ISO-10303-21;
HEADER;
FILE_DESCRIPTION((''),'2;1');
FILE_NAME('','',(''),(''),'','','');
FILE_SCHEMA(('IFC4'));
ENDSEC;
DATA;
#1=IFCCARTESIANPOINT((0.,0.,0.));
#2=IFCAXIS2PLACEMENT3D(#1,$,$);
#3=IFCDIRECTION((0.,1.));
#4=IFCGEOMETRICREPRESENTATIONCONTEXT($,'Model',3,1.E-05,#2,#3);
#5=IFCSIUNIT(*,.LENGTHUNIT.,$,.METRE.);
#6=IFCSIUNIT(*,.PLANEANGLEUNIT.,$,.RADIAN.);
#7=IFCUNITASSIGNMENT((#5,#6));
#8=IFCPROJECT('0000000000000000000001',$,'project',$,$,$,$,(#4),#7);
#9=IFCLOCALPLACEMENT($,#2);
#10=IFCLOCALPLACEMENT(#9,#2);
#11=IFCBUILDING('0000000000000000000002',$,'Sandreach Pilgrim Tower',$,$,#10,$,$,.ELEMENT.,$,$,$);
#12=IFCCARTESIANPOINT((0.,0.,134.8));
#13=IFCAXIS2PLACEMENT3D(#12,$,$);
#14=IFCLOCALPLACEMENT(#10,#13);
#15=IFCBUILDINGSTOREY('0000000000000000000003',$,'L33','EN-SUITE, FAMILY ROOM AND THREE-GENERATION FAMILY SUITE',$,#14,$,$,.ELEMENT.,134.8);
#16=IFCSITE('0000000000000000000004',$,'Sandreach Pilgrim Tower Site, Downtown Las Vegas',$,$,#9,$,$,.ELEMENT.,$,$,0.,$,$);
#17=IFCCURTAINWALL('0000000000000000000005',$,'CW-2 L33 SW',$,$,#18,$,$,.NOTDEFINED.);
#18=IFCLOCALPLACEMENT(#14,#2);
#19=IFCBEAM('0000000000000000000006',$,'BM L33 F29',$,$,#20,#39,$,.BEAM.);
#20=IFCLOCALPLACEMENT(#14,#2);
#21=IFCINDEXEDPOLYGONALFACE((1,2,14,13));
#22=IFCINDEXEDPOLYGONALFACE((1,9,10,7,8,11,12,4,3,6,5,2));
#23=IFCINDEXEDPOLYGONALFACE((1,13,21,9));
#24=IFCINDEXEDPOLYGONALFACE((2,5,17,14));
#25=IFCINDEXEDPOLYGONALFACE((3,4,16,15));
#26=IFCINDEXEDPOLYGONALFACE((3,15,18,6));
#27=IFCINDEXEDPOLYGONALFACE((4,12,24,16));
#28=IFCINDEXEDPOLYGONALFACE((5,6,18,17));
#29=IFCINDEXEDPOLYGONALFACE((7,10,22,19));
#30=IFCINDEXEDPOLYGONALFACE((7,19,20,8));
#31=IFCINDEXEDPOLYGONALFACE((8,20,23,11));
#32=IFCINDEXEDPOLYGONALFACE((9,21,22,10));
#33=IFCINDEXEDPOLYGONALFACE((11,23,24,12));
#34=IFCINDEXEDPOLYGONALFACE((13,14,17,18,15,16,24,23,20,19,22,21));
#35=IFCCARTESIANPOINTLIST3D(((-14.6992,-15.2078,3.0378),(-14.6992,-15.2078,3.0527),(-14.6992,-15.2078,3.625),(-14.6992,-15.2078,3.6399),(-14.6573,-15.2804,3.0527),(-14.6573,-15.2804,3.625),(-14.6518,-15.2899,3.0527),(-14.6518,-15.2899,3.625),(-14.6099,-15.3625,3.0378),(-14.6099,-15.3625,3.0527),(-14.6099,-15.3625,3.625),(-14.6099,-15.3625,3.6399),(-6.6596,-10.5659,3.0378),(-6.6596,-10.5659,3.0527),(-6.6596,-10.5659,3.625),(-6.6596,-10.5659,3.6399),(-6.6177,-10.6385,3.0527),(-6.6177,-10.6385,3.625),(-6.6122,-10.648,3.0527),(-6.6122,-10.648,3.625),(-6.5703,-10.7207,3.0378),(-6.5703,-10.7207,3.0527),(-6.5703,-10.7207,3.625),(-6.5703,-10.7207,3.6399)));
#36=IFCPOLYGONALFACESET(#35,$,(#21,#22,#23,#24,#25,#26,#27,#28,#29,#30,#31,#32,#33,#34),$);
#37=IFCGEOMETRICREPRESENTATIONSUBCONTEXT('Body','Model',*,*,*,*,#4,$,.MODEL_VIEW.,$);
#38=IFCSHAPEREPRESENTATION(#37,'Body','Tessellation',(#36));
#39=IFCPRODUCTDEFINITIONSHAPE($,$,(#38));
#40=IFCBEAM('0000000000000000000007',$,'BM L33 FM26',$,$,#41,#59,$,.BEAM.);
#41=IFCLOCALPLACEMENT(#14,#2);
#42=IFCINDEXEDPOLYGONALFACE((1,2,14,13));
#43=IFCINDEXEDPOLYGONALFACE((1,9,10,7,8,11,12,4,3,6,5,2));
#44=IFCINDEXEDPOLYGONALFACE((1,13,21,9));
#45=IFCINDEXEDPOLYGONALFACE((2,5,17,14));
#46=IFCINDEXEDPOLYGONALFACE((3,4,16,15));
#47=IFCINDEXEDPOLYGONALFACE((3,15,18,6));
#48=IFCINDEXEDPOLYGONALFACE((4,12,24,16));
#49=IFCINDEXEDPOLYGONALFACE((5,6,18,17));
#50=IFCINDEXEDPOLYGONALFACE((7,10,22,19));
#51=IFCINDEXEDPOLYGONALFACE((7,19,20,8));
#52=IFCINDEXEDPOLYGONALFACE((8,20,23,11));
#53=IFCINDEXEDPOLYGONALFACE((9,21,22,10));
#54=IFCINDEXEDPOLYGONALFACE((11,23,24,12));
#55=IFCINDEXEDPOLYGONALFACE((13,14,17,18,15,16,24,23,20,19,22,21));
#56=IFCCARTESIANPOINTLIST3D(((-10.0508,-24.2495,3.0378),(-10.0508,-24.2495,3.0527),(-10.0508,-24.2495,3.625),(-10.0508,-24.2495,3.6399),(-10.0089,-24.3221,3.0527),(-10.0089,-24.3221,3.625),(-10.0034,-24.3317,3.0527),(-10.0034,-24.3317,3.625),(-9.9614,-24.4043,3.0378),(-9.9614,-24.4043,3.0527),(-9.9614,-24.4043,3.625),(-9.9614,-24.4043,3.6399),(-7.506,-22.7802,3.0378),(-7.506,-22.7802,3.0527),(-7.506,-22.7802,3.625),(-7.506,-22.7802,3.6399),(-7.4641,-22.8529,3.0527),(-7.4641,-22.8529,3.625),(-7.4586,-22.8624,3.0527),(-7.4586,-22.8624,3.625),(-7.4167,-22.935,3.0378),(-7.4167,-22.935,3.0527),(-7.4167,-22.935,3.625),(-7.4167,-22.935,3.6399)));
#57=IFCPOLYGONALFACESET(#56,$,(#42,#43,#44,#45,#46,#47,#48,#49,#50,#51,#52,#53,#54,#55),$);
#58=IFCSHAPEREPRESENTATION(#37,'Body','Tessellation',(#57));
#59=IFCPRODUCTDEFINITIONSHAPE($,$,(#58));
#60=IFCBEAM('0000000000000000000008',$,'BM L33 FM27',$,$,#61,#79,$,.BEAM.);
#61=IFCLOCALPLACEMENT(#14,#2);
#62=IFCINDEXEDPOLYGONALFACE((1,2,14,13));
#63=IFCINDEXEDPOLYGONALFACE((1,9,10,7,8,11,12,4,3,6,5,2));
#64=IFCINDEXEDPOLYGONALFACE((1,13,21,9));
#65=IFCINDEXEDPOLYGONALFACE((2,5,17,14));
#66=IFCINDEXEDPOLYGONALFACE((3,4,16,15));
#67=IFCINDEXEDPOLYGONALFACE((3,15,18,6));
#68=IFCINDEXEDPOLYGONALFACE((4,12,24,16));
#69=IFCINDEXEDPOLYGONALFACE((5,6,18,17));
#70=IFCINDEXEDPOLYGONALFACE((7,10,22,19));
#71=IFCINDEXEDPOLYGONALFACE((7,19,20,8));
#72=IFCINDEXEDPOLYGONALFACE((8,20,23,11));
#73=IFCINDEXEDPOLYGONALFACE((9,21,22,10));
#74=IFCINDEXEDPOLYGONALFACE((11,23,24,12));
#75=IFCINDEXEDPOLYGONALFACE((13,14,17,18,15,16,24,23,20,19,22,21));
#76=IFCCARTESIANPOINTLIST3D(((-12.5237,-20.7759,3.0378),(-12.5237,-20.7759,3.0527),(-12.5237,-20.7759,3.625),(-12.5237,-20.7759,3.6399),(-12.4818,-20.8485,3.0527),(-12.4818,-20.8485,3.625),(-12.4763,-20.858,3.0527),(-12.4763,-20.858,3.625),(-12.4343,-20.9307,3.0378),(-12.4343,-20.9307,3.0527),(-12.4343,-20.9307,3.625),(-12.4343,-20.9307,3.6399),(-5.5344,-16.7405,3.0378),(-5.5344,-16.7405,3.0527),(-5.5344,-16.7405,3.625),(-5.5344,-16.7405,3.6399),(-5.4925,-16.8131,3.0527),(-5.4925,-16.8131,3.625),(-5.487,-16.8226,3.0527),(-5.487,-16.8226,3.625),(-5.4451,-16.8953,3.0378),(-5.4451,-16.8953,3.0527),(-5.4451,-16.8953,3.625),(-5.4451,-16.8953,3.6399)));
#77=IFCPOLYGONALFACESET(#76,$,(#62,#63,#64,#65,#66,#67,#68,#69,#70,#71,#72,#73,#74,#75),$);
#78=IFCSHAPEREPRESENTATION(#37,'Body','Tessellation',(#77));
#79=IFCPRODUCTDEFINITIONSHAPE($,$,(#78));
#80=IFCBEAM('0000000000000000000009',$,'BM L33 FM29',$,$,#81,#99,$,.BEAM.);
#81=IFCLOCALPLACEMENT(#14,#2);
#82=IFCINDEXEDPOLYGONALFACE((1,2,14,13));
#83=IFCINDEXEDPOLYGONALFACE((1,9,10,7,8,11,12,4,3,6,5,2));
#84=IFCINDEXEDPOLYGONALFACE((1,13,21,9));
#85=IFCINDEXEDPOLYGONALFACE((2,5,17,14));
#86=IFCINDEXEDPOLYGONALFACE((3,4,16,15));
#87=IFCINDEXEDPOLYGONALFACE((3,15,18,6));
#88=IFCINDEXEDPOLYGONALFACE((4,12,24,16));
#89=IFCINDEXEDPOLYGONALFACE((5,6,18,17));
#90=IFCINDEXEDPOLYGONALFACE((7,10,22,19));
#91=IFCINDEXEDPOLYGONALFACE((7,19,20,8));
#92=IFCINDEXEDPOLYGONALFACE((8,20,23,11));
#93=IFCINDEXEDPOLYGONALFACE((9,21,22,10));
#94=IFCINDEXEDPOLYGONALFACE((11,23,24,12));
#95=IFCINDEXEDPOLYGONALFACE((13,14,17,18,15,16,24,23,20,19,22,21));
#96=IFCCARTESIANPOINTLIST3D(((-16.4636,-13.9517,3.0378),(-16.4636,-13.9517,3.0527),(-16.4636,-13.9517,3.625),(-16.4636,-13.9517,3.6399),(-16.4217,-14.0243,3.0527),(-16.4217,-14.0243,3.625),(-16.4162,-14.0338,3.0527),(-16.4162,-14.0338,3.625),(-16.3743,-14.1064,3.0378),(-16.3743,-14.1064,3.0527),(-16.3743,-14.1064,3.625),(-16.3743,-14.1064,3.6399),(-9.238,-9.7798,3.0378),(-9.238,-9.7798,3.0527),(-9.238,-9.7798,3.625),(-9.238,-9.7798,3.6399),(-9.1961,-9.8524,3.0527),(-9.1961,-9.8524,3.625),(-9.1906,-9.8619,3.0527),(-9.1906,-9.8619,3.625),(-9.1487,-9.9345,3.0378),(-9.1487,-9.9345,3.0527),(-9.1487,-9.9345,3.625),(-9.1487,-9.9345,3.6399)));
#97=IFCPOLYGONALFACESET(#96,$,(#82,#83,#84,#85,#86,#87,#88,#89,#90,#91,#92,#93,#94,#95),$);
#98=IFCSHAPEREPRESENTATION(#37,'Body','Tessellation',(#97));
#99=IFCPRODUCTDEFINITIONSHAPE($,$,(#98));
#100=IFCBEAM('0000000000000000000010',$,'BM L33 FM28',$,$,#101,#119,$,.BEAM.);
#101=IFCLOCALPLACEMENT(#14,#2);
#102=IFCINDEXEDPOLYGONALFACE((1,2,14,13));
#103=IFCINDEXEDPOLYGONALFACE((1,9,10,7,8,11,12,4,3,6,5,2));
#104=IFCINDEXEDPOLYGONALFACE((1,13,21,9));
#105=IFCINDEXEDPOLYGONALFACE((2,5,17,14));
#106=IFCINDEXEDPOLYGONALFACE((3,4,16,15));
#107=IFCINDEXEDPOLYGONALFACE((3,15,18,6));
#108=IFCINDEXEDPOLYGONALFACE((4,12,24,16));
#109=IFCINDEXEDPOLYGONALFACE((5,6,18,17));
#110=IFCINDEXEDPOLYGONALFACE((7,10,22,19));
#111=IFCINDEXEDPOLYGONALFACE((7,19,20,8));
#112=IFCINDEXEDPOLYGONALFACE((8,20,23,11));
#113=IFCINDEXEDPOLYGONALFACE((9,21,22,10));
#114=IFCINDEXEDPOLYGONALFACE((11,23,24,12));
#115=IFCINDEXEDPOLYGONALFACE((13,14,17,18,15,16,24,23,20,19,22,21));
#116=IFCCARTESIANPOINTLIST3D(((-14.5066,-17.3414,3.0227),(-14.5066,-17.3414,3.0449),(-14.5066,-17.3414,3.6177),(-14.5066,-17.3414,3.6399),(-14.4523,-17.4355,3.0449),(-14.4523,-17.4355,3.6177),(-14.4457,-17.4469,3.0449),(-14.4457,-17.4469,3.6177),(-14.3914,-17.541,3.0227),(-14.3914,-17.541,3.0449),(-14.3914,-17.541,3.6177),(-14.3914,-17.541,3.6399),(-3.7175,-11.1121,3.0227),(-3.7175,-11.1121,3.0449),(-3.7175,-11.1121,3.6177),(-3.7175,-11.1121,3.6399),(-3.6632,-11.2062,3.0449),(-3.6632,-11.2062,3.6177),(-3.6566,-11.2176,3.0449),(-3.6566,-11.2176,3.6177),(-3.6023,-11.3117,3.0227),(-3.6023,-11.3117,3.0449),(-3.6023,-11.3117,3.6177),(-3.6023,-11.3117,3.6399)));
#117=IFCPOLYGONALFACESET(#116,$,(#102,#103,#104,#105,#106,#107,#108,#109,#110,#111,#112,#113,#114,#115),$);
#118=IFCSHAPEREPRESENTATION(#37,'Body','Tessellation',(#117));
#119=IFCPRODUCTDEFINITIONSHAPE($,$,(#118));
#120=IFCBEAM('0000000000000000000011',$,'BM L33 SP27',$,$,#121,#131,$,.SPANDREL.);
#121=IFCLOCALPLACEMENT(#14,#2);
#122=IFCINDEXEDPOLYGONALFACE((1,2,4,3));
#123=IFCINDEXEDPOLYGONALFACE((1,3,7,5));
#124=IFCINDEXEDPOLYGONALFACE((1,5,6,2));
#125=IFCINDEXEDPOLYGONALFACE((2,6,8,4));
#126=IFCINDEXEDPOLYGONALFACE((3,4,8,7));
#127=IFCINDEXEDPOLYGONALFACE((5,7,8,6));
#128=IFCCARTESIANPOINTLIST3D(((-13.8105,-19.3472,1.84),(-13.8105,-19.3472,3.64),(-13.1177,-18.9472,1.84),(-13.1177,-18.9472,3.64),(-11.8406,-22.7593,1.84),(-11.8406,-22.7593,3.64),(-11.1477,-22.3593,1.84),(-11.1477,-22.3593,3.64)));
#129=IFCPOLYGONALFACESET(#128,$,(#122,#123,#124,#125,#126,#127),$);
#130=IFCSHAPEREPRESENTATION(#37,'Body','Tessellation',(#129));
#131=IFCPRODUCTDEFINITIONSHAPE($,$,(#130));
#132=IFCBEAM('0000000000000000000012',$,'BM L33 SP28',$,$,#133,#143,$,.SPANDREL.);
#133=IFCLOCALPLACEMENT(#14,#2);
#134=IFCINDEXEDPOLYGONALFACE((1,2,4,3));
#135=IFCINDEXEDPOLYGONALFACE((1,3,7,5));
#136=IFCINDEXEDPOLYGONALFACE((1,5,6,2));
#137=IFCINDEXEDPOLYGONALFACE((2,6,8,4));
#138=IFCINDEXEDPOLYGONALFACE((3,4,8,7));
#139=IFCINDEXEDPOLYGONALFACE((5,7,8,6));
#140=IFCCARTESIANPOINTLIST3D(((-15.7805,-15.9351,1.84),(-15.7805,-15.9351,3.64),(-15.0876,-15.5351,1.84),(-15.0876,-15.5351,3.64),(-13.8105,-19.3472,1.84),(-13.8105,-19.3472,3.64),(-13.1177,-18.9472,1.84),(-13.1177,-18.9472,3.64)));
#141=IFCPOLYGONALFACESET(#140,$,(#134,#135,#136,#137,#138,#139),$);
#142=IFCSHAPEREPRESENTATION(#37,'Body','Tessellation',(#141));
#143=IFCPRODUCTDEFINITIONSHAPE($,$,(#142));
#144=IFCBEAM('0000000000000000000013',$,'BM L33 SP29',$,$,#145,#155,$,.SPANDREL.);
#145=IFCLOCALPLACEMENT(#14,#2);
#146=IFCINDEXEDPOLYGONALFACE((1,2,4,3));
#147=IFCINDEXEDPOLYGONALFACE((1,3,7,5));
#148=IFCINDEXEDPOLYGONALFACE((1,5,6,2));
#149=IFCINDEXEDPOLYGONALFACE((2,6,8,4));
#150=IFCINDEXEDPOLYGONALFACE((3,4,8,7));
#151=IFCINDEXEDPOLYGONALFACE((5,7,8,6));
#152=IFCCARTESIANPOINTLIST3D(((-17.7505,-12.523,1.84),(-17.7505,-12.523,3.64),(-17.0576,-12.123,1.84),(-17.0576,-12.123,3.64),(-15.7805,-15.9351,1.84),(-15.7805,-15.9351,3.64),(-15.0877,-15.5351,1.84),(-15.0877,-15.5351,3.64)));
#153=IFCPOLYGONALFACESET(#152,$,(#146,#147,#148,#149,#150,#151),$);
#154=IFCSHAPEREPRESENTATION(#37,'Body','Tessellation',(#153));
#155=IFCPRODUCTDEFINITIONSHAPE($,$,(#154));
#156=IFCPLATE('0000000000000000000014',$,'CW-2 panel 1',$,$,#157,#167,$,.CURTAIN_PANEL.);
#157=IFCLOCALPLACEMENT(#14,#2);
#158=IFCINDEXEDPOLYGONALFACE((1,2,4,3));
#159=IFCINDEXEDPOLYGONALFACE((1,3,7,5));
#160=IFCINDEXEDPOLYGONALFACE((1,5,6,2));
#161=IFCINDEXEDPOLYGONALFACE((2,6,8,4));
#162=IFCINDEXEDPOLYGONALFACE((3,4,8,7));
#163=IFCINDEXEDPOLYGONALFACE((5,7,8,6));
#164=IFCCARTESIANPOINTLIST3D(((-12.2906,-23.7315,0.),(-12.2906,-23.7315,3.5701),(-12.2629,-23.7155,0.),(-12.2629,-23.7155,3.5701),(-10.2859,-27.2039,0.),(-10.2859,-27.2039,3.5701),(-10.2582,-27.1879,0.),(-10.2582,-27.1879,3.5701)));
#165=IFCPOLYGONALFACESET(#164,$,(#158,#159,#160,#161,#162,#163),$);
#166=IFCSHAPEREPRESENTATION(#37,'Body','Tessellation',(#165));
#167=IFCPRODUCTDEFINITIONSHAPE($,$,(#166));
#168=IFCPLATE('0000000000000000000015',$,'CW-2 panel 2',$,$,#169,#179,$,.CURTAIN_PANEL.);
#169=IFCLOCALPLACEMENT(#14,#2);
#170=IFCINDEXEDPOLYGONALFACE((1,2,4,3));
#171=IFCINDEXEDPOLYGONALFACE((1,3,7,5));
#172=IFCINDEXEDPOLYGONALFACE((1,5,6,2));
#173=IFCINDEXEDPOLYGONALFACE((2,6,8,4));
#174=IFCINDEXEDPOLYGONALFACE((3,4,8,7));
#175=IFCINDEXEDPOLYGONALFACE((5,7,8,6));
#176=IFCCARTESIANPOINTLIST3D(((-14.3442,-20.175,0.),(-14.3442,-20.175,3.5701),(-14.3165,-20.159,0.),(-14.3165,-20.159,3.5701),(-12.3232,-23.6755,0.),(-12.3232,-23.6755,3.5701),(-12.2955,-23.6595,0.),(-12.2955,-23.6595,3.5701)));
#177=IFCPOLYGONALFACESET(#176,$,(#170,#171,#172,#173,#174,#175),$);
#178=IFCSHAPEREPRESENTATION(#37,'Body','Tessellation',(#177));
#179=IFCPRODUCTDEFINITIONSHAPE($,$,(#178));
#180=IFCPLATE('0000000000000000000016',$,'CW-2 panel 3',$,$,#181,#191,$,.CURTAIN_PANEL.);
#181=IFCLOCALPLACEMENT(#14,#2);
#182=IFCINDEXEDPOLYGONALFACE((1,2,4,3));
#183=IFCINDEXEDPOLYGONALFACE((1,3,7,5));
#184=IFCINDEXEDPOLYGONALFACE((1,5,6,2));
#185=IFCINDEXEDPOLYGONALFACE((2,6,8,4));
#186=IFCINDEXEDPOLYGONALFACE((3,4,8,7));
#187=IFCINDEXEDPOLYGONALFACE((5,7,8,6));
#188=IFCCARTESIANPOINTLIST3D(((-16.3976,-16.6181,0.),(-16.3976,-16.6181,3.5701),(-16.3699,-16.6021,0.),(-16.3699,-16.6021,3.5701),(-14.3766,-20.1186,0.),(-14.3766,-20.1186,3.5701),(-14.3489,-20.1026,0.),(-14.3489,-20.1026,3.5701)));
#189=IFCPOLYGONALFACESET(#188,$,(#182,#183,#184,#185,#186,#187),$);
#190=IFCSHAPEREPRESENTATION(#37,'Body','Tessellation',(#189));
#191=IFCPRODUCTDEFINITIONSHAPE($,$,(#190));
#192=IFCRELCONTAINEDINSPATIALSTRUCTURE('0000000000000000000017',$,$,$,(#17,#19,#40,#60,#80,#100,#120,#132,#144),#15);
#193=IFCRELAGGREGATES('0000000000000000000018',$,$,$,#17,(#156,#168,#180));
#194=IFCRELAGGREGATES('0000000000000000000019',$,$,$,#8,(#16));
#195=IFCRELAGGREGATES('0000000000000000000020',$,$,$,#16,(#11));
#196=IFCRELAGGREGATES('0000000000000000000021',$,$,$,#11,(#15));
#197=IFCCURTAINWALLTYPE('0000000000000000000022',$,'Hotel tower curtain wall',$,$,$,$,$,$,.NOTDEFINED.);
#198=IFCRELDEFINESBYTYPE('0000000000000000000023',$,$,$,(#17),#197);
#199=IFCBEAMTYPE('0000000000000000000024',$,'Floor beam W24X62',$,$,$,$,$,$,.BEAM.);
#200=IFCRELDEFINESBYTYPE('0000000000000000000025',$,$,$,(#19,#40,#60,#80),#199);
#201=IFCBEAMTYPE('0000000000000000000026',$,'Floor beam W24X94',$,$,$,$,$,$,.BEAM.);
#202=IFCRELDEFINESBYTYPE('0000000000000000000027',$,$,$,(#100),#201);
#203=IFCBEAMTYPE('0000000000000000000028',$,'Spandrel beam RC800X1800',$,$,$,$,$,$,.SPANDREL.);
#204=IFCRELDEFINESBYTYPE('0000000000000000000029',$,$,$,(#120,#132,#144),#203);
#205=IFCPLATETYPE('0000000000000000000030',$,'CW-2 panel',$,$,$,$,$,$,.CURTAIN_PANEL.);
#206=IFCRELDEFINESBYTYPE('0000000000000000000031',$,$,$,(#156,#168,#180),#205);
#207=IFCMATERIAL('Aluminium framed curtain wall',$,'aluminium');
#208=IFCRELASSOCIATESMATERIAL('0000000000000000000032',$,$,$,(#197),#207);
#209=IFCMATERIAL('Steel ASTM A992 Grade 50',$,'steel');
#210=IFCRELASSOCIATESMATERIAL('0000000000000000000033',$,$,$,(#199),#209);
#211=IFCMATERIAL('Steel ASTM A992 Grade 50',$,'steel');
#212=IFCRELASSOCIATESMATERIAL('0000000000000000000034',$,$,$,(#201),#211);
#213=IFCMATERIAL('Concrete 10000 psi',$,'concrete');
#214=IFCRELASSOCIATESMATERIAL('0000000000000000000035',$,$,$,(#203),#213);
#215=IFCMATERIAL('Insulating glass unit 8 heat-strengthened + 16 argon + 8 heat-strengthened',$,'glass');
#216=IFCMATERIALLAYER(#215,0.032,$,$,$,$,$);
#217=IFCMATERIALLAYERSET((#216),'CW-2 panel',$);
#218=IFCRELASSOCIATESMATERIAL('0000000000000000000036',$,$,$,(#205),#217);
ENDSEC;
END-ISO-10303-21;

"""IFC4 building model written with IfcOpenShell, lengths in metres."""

from ifc_helpers import new_model, si_unit, direction, frame, origin, origin_2d, place, context, subcontext, project, spatial, rectangle, i_section, extrude, material, layer, layer_set, material_profile, profile_set, type_object, element, aggregate, save


model = new_model("IFC4")

# Units and contexts
model_context = context("Model", 3, precision=1e-05, world=origin(), true_north=direction((0.0, 1.0)))
body_context = subcontext(model_context, "Body", "Model", "MODEL_VIEW")
ifc_project = project(units=[si_unit("LENGTHUNIT", "METRE"), si_unit("PLANEANGLEUNIT", "RADIAN")], contexts=[model_context])

# Site, building, storey
site_placement = place(None, origin())
site = spatial("IfcSite", under=ifc_project, at=site_placement, Name="Sandreach Pilgrim Tower Site, Downtown Las Vegas", CompositionType="ELEMENT", RefElevation=0.0)
building_placement = place(site_placement, origin())
building = spatial("IfcBuilding", under=site, at=building_placement, Name="Sandreach Pilgrim Tower", CompositionType="ELEMENT")
storey_placement = place(building_placement, frame((0.0, 0.0, 134.8)))
storey = spatial("IfcBuildingStorey", under=building, at=storey_placement, Name="L33", Description="EN-SUITE, FAMILY ROOM AND THREE-GENERATION FAMILY SUITE", CompositionType="ELEMENT", Elevation=134.8)

# Curtain wall
ifc_material_1 = material(Name="Aluminium framed curtain wall", Category="aluminium")
curtain_wall_type = type_object("IfcCurtainWallType", Name="Hotel tower curtain wall", PredefinedType="NOTDEFINED", material=ifc_material_1)
curtain_wall_placement = place(storey_placement, origin())
curtain_wall = element("IfcCurtainWall", 1, at=curtain_wall_placement, inside=storey, type_object=curtain_wall_type, Name="CW-2 L33 SW", PredefinedType="NOTDEFINED")

# Beams
ifc_material_2 = material(Name="Steel ASTM A992 Grade 50", Category="steel")
ifc_material_profile_1 = material_profile(ifc_material_2, i_section(OverallWidth=0.1787, OverallDepth=0.6021, WebThickness=0.011, FlangeThickness=0.0149, at=origin_2d()), Name="W24X62")
ifc_profile_set_1 = profile_set([ifc_material_profile_1], Name="Steel ASTM A992 Grade 50")
beam_type_1 = type_object("IfcBeamType", Name="Floor beam W24X62", PredefinedType="BEAM", material=ifc_profile_set_1)
beam_1_placement = place(storey_placement, frame((-14.6545, -15.2852, 3.3389), z_axis=(0.866016, 0.500017, 0.0), x_axis=(-0.500017, 0.866016, 0.0)))
element("IfcBeam", 2, at=beam_1_placement, inside=storey, type_object=beam_type_1, Name="BM L33 F29", PredefinedType="BEAM", context=body_context, shape_type="SweptSolid", body=[
    extrude(i_section(OverallWidth=0.1787, OverallDepth=0.6021, WebThickness=0.011, FlangeThickness=0.0149, at=origin_2d()), origin(), (0.0, 0.0, 1.0), 9.2834),
])
beam_2_placement = place(storey_placement, frame((-10.0061, -24.3269, 3.3389), z_axis=(0.866015, 0.500017, 0.0), x_axis=(-0.500017, 0.866015, 0.0)))
element("IfcBeam", 3, at=beam_2_placement, inside=storey, type_object=beam_type_1, Name="BM L33 FM26", PredefinedType="BEAM", context=body_context, shape_type="SweptSolid", body=[
    extrude(i_section(OverallWidth=0.1787, OverallDepth=0.6021, WebThickness=0.011, FlangeThickness=0.0149, at=origin_2d()), origin(), (0.0, 0.0, 1.0), 2.9385),
])
beam_3_placement = place(storey_placement, frame((-12.479, -20.8533, 3.3389), z_axis=(0.866017, 0.500014, 0.0), x_axis=(-0.500014, 0.866017, 0.0)))
element("IfcBeam", 4, at=beam_3_placement, inside=storey, type_object=beam_type_1, Name="BM L33 FM27", PredefinedType="BEAM", context=body_context, shape_type="SweptSolid", body=[
    extrude(i_section(OverallWidth=0.1787, OverallDepth=0.6021, WebThickness=0.011, FlangeThickness=0.0149, at=origin_2d()), origin(), (0.0, 0.0, 1.0), 8.0706),
])
beam_4_placement = place(storey_placement, frame((-16.4189, -14.0291, 3.3389), z_axis=(0.866016, 0.500016, 0.0), x_axis=(-0.500016, 0.866016, 0.0)))
element("IfcBeam", 5, at=beam_4_placement, inside=storey, type_object=beam_type_1, Name="BM L33 FM29", PredefinedType="BEAM", context=body_context, shape_type="SweptSolid", body=[
    extrude(i_section(OverallWidth=0.1787, OverallDepth=0.6021, WebThickness=0.011, FlangeThickness=0.0149, at=origin_2d()), origin(), (0.0, 0.0, 1.0), 8.3435),
])
ifc_material_3 = material(Name="Steel ASTM A992 Grade 50", Category="steel")
ifc_material_profile_2 = material_profile(ifc_material_3, i_section(OverallWidth=0.2305, OverallDepth=0.6172, WebThickness=0.0132, FlangeThickness=0.0222, at=origin_2d()), Name="W24X94")
ifc_profile_set_2 = profile_set([ifc_material_profile_2], Name="Steel ASTM A992 Grade 50")
beam_type_2 = type_object("IfcBeamType", Name="Floor beam W24X94", PredefinedType="BEAM", material=ifc_profile_set_2)
beam_5_placement = place(storey_placement, frame((-14.449, -17.4412, 3.3313), z_axis=(0.866019, 0.500011, 0.0), x_axis=(-0.500011, 0.866019, 0.0)))
element("IfcBeam", 6, at=beam_5_placement, inside=storey, type_object=beam_type_2, Name="BM L33 FM28", PredefinedType="BEAM", context=body_context, shape_type="SweptSolid", body=[
    extrude(i_section(OverallWidth=0.2305, OverallDepth=0.6172, WebThickness=0.0132, FlangeThickness=0.0222, at=origin_2d()), origin(), (0.0, 0.0, 1.0), 12.4583),
])
ifc_material_4 = material(Name="Concrete 10000 psi", Category="concrete")
ifc_material_profile_3 = material_profile(ifc_material_4, rectangle(XDim=0.8, YDim=1.8, at=origin_2d()), Name="RC800X1800")
ifc_profile_set_3 = profile_set([ifc_material_profile_3], Name="Concrete 10000 psi")
beam_type_3 = type_object("IfcBeamType", Name="Spandrel beam RC800X1800", PredefinedType="SPANDREL", material=ifc_profile_set_3)
for number, where, z_axis, x_axis, name in (
    (7, (-11.4941, -22.5593, 2.74), (-0.499998, 0.866027, 0.0), (-0.866027, -0.499998, 0.0), "BM L33 SP27"),
    (8, (-13.4641, -19.1472, 2.74), (-0.499998, 0.866027, 0.0), (-0.866027, -0.499998, 0.0), "BM L33 SP28"),
    (9, (-15.4341, -15.7351, 2.74), (-0.499998, 0.866027, 0.0), (-0.866027, -0.499998, 0.0), "BM L33 SP29"),
):
    element("IfcBeam", number, at=place(storey_placement, frame(where, z_axis=z_axis, x_axis=x_axis)), inside=storey, type_object=beam_type_3, Name=name, PredefinedType="SPANDREL", context=body_context, shape_type="SweptSolid", body=[
        extrude(rectangle(XDim=0.8, YDim=1.8, at=origin_2d()), origin(), (0.0, 0.0, 1.0), 3.9399),
    ])

# Plates
ifc_material_5 = material(Name="Insulating glass unit 8 heat-strengthened + 16 argon + 8 heat-strengthened", Category="glass")
ifc_layer_1 = layer(ifc_material_5, 0.032)
ifc_layer_set_1 = layer_set([ifc_layer_1], Name="CW-2 panel")
plate_type = type_object("IfcPlateType", Name="CW-2 panel", PredefinedType="CURTAIN_PANEL", material=ifc_layer_set_1)
plate_1_placement = place(storey_placement, frame((-11.2744, -25.4597, 0.0), z_axis=(0.0, 0.0, 1.0), x_axis=(-0.5, 0.866025, 0.0)))
plate_1 = element("IfcPlate", 10, at=plate_1_placement, type_object=plate_type, Name="CW-2 panel 1", PredefinedType="CURTAIN_PANEL", context=body_context, shape_type="SweptSolid", body=[
    extrude(rectangle(XDim=4.0095, YDim=0.032, at=origin_2d()), origin(), (0.0, 0.0, 1.0), 3.5701),
])
plate_2_placement = place(storey_placement, frame((-13.3198, -21.9172, 0.0), z_axis=(0.0, 0.0, 1.0), x_axis=(-0.5, 0.866025, 0.0)))
plate_2 = element("IfcPlate", 11, at=plate_2_placement, type_object=plate_type, Name="CW-2 panel 2", PredefinedType="CURTAIN_PANEL", context=body_context, shape_type="SweptSolid", body=[
    extrude(rectangle(XDim=4.042, YDim=0.032, at=origin_2d()), origin(), (0.0, 0.0, 1.0), 3.5701),
])
plate_3_placement = place(storey_placement, frame((-15.3733, -18.3604, 0.0), z_axis=(0.0, 0.0, 1.0), x_axis=(-0.5, 0.866025, 0.0)))
plate_3 = element("IfcPlate", 12, at=plate_3_placement, type_object=plate_type, Name="CW-2 panel 3", PredefinedType="CURTAIN_PANEL", context=body_context, shape_type="SweptSolid", body=[
    extrude(rectangle(XDim=4.042, YDim=0.032, at=origin_2d()), origin(), (0.0, 0.0, 1.0), 3.5701),
])
aggregate(curtain_wall, [plate_1, plate_2, plate_3])

save(model, "model.ifc")
